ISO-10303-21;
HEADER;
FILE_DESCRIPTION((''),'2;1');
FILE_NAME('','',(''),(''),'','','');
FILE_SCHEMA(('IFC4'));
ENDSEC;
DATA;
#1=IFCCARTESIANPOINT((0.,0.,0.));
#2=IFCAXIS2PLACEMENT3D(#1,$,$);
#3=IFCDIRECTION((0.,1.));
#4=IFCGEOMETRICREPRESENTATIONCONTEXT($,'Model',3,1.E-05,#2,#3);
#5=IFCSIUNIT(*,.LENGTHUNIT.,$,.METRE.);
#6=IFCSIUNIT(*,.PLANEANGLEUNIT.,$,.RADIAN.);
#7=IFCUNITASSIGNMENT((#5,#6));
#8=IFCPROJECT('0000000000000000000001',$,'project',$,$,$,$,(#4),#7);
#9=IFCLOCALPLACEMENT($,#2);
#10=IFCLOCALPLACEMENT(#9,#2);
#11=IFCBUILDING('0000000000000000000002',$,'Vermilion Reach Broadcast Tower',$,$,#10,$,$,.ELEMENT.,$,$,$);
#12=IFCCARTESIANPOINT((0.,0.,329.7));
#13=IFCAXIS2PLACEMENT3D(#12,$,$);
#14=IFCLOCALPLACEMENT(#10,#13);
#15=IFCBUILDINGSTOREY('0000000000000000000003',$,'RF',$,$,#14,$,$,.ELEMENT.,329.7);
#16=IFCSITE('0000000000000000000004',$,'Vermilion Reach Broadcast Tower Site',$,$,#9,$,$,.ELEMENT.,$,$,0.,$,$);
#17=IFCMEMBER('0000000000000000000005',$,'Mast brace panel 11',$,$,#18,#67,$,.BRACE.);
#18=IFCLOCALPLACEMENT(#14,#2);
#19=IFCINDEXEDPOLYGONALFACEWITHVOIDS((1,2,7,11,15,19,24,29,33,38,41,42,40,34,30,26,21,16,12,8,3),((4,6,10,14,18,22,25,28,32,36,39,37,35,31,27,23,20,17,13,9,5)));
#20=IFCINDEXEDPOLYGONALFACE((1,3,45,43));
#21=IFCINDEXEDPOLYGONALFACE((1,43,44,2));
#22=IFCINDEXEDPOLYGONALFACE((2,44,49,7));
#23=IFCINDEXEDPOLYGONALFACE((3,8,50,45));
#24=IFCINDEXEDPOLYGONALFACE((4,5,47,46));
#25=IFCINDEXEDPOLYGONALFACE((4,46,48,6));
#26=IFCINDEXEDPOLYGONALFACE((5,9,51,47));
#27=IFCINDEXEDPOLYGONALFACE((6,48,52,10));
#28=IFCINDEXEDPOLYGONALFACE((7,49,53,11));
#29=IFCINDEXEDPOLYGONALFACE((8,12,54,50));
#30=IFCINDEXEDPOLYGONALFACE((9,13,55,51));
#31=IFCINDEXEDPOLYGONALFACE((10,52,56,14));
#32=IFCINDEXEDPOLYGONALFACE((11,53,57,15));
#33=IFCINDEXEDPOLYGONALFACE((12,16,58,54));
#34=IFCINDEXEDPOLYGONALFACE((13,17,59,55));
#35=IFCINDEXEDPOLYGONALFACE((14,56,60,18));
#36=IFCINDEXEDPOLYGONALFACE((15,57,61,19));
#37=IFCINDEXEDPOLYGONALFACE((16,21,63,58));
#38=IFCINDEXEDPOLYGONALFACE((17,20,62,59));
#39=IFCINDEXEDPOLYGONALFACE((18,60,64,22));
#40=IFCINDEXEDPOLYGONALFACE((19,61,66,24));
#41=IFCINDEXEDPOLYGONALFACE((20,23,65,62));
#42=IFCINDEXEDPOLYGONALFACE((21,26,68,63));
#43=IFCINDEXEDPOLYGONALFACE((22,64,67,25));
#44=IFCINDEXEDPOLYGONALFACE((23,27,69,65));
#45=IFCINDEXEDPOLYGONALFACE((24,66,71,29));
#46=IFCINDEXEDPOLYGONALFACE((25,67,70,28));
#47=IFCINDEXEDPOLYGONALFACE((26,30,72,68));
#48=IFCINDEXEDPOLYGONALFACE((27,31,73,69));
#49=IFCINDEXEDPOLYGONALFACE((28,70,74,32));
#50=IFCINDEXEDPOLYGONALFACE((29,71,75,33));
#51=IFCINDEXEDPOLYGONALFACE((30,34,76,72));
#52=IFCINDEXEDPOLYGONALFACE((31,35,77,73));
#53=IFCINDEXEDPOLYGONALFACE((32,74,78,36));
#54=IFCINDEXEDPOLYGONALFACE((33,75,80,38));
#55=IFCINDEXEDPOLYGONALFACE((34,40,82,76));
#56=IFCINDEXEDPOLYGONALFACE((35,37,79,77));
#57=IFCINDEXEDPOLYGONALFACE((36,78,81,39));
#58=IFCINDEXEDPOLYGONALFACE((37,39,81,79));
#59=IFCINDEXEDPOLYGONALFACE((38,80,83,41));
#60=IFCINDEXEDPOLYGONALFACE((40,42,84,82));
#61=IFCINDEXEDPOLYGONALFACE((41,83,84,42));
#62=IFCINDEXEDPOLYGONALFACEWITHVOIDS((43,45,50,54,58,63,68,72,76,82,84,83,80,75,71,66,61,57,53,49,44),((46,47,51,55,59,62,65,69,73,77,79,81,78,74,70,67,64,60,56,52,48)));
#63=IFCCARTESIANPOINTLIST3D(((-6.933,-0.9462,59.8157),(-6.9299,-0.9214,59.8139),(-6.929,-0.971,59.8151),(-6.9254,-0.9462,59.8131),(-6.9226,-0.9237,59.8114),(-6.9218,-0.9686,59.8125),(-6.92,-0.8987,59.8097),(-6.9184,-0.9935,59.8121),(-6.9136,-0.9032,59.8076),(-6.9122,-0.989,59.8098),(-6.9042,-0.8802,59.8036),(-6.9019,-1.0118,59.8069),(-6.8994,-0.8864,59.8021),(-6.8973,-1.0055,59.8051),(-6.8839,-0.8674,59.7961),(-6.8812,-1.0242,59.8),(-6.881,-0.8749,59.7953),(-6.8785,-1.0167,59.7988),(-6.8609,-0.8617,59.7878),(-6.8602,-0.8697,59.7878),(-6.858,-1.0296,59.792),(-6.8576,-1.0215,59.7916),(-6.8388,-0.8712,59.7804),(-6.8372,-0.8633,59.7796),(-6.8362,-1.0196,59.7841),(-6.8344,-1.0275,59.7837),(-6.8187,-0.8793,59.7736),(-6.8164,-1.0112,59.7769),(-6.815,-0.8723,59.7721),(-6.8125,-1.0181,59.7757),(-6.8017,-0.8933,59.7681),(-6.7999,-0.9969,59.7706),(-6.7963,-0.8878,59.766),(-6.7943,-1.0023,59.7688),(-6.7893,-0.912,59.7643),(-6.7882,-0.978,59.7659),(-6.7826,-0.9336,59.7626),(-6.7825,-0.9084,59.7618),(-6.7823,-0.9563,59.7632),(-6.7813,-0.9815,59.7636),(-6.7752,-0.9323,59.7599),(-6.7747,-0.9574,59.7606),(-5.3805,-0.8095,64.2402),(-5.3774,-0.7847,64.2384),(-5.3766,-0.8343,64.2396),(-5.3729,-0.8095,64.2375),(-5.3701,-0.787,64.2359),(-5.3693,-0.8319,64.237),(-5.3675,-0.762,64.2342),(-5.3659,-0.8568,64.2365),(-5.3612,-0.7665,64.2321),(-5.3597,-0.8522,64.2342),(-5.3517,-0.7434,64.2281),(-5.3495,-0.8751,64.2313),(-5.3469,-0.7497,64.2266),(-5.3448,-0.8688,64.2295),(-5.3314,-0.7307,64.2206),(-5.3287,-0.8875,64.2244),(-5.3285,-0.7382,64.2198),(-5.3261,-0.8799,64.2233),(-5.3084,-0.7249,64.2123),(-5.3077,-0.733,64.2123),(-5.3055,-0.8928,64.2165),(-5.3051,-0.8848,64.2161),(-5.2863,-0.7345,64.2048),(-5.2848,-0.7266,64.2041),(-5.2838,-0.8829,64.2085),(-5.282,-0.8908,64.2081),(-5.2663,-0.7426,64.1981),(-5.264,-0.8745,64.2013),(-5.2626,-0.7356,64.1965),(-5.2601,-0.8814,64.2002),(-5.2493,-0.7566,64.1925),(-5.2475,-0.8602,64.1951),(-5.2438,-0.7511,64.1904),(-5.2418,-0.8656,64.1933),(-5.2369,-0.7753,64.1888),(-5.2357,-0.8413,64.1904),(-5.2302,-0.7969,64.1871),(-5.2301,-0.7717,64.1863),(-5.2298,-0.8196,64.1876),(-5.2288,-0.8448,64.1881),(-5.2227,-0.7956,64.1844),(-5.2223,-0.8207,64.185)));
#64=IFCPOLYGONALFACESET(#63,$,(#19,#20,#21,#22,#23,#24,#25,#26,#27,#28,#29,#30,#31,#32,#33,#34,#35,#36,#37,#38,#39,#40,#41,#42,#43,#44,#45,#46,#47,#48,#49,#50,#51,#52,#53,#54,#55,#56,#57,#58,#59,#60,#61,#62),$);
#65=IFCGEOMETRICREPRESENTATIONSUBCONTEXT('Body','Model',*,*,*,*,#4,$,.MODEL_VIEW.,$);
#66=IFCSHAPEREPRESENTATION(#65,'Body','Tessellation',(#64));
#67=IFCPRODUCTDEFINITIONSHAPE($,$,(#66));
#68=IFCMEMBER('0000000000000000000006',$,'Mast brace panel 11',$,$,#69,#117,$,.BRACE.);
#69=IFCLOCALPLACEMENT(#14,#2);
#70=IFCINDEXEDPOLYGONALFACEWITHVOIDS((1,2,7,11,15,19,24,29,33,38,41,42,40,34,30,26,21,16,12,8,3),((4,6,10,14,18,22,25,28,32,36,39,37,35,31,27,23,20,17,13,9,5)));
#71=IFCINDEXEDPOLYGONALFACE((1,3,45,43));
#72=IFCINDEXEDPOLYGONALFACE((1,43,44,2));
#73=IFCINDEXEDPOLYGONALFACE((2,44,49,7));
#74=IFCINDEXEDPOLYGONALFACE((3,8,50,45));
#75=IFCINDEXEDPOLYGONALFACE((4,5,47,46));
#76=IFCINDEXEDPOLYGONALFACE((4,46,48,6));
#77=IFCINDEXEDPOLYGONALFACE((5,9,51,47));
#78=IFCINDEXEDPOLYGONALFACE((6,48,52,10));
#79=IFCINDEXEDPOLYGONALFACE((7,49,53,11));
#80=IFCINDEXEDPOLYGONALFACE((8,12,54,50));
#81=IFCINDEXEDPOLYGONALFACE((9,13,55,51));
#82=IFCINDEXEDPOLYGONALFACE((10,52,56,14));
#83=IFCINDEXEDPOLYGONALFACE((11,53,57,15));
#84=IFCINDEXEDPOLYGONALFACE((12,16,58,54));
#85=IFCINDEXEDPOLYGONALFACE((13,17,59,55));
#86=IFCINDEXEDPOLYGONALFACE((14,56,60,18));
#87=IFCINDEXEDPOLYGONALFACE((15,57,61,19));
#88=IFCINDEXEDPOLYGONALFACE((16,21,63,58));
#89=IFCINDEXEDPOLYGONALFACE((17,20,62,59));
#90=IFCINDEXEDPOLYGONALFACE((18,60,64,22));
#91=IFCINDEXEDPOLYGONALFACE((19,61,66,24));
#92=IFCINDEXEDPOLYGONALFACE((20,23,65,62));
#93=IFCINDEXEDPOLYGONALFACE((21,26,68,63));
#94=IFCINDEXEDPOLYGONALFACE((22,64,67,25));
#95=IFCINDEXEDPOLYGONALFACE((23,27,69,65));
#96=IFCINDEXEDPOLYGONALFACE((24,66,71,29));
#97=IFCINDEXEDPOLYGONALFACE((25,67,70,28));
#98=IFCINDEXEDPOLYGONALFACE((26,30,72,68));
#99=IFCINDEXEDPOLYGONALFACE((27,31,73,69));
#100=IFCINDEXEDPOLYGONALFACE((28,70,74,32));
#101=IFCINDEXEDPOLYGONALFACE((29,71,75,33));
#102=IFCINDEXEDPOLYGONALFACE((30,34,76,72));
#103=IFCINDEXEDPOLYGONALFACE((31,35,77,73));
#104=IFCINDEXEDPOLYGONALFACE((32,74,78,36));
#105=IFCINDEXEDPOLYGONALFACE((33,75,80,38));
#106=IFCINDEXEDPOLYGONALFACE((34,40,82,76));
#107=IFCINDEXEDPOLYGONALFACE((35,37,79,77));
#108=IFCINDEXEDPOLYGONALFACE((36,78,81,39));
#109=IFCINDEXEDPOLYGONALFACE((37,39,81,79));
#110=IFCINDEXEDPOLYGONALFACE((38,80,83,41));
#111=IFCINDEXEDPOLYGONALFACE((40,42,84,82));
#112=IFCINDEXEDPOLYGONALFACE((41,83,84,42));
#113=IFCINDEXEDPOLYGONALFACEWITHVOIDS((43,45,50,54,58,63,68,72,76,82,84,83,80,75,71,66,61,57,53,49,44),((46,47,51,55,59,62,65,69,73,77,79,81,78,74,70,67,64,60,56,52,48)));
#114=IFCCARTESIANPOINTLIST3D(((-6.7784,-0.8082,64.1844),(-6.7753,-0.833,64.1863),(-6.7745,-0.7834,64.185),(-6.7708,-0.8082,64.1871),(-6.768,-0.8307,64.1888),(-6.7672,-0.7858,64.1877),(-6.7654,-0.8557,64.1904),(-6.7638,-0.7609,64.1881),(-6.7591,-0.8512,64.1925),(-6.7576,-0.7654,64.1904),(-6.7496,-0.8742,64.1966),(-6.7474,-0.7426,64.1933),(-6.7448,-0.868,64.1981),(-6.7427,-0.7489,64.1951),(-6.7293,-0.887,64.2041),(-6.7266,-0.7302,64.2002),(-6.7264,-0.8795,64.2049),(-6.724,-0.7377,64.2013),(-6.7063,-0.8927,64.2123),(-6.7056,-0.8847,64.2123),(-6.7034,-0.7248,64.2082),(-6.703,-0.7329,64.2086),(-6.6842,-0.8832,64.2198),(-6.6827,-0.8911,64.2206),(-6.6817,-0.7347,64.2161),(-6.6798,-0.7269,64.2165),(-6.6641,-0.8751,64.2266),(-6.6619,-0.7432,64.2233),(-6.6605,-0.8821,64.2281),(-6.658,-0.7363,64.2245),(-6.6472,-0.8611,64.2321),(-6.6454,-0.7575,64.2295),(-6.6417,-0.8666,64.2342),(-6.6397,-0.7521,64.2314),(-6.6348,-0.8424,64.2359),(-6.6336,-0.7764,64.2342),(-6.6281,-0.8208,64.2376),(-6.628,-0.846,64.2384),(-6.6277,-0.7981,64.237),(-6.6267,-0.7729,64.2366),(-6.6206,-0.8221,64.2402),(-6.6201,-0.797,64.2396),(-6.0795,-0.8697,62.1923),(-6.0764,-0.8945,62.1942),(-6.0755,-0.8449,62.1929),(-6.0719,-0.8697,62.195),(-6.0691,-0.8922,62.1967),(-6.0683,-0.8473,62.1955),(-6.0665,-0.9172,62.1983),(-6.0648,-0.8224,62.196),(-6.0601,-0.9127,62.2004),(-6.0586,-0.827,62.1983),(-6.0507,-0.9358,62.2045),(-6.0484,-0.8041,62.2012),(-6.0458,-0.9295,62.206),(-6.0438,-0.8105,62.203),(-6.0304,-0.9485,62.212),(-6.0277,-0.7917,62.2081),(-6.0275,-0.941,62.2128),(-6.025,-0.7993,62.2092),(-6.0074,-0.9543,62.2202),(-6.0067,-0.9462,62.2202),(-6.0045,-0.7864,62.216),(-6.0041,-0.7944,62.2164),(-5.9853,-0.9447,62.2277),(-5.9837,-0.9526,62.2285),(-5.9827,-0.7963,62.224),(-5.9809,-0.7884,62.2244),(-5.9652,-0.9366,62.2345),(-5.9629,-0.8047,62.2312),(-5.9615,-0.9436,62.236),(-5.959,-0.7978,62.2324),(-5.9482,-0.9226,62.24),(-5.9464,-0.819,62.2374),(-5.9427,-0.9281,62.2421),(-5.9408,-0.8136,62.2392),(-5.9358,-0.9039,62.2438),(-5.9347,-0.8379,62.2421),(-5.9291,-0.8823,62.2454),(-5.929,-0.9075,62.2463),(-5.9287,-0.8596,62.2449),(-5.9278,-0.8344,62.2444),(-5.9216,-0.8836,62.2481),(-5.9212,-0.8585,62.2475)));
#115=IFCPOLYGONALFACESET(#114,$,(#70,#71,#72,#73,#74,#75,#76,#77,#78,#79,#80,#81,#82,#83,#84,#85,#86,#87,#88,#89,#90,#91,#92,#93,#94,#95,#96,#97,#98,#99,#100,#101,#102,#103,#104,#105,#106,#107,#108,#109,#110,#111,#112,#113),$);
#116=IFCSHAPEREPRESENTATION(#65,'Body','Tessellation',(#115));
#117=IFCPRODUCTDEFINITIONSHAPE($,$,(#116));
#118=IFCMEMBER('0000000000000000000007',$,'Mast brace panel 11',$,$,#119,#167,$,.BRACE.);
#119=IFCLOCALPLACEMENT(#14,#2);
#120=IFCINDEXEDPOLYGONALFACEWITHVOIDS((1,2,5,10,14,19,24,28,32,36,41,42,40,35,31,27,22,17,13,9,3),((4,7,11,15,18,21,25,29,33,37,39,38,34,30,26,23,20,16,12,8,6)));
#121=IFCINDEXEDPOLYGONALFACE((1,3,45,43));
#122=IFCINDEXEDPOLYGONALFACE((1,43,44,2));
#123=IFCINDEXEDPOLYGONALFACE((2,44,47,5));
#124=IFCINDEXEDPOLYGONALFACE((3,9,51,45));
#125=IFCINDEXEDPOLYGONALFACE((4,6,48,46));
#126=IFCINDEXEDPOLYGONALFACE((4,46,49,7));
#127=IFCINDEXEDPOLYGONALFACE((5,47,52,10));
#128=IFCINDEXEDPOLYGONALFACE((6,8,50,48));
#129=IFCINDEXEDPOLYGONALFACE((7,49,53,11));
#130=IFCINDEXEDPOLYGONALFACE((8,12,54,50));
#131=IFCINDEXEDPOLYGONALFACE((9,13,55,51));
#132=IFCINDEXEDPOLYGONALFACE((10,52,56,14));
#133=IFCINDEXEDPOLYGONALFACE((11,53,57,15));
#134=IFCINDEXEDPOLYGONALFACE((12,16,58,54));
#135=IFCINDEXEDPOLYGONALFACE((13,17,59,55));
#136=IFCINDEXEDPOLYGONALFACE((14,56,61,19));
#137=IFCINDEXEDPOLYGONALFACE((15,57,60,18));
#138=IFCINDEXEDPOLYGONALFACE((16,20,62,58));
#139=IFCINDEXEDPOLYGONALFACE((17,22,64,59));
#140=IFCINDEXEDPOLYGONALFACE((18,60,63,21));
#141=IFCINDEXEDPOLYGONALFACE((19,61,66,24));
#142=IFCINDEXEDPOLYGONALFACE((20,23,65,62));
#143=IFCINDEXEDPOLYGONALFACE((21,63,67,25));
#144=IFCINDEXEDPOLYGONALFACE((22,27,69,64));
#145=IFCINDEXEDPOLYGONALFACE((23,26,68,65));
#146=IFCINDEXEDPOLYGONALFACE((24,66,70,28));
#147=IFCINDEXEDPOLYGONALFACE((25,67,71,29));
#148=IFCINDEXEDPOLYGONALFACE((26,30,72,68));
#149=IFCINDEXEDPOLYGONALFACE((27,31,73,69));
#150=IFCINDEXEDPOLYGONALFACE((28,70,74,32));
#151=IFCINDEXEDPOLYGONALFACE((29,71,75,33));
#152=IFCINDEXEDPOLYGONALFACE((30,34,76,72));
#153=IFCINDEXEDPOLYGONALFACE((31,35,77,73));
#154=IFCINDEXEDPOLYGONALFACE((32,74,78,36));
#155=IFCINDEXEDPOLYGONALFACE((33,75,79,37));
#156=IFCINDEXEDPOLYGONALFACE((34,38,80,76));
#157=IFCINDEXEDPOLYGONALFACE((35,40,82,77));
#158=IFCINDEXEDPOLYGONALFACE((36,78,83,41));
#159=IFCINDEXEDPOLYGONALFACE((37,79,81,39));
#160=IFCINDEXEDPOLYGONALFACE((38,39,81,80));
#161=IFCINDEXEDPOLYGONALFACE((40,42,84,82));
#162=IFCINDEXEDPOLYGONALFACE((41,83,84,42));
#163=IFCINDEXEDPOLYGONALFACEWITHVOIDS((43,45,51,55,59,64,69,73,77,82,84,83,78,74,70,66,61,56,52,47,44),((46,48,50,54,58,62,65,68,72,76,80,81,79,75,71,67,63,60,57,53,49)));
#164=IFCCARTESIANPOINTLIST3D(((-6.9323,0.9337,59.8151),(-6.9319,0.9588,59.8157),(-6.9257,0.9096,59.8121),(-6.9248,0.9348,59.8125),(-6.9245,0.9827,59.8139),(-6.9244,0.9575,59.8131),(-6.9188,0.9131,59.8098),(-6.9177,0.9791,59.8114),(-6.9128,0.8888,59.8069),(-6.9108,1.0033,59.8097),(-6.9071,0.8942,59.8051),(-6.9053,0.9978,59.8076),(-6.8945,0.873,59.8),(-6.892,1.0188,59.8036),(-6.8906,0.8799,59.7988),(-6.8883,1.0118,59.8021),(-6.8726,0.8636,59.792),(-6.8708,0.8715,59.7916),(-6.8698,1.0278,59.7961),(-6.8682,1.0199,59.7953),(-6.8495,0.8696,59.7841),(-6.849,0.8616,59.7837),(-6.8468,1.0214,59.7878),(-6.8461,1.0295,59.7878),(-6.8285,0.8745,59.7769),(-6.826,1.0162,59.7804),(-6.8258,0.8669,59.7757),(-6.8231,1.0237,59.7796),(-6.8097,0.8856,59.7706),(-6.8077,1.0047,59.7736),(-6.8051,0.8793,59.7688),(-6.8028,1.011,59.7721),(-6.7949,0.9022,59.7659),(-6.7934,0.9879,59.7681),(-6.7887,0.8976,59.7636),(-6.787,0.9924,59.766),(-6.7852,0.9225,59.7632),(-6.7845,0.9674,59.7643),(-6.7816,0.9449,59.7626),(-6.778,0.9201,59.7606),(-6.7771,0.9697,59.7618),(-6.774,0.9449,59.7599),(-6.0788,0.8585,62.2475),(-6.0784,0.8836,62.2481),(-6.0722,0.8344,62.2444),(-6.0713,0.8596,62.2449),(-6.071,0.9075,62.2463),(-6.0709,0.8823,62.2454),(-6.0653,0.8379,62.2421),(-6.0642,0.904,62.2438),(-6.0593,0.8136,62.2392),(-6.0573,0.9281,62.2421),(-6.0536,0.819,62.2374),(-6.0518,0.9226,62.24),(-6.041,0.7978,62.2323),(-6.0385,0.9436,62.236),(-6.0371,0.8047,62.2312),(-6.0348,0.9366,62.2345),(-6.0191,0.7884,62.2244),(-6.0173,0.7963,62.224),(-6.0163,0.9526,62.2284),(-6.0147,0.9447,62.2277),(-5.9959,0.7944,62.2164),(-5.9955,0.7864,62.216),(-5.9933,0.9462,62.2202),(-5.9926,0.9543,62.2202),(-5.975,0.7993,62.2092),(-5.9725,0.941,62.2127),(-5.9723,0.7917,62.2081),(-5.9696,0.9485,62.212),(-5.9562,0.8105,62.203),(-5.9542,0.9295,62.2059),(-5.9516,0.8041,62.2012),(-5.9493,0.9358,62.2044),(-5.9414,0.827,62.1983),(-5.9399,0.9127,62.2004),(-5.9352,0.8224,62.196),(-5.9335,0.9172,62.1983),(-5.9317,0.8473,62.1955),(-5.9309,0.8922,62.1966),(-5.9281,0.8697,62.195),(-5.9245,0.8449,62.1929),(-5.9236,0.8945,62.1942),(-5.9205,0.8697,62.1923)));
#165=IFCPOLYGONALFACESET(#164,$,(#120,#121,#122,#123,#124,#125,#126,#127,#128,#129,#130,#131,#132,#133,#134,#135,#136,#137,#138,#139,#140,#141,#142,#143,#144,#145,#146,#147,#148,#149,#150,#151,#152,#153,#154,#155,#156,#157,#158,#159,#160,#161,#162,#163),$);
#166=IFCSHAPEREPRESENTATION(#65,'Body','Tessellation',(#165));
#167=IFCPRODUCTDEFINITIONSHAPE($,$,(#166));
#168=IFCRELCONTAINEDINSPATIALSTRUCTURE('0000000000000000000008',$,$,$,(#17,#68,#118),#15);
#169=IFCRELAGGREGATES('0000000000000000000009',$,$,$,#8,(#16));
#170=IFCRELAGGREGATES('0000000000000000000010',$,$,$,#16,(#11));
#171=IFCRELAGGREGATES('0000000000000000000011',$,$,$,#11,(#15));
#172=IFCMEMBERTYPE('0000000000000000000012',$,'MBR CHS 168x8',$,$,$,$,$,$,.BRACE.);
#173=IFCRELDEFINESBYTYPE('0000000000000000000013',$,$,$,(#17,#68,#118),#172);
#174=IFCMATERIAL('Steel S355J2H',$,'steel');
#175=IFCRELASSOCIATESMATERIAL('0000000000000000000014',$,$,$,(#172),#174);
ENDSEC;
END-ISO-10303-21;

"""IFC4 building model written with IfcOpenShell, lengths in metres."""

from ifc_helpers import new_model, si_unit, direction, frame, origin, origin_2d, place, context, subcontext, project, spatial, hollow_circle, extrude, material, material_profile, profile_set, type_object, element, save


model = new_model("IFC4")

# Units and contexts
model_context = context("Model", 3, precision=1e-05, world=origin(), true_north=direction((0.0, 1.0)))
body_context = subcontext(model_context, "Body", "Model", "MODEL_VIEW")
ifc_project = project(units=[si_unit("LENGTHUNIT", "METRE"), si_unit("PLANEANGLEUNIT", "RADIAN")], contexts=[model_context])

# Site, building, storey
site_placement = place(None, origin())
site = spatial("IfcSite", under=ifc_project, at=site_placement, Name="Vermilion Reach Broadcast Tower Site", CompositionType="ELEMENT", RefElevation=0.0)
building_placement = place(site_placement, origin())
building = spatial("IfcBuilding", under=site, at=building_placement, Name="Vermilion Reach Broadcast Tower", CompositionType="ELEMENT")
storey_placement = place(building_placement, frame((0.0, 0.0, 329.7)))
storey = spatial("IfcBuildingStorey", under=building, at=storey_placement, Name="RF", CompositionType="ELEMENT", Elevation=329.7)

# Members
ifc_material_1 = material(Name="Steel S355J2H", Category="steel")
ifc_material_profile_1 = material_profile(ifc_material_1, hollow_circle(Radius=0.0842, WallThickness=0.0081, at=origin_2d()), Name="S355J2H CHS 168x8")
ifc_profile_set_1 = profile_set([ifc_material_profile_1], Name="Steel S355J2H")
member_type_1 = type_object("IfcMemberType", Name="MBR CHS 168x8", PredefinedType="BRACE", material=ifc_profile_set_1)
member_1_placement = place(storey_placement, frame((-6.8535, -0.9456, 59.7878), z_axis=(0.33095, 0.029145, 0.943198), x_axis=(-0.087725, 0.996145, 0.0)))
element("IfcMember", 1, at=member_1_placement, inside=storey, type_object=member_type_1, Name="Mast brace panel 11", PredefinedType="BRACE", context=body_context, shape_type="SweptSolid", body=[
    extrude(hollow_circle(Radius=0.0842, WallThickness=0.0081, at=origin_2d()), origin(), (0.0, 0.0, 1.0), 4.6909),
])
member_2_placement = place(storey_placement, frame((-6.0, -0.8704, 62.2202), z_axis=(-0.330931, 0.029128, 0.943205), x_axis=(-0.087681, -0.996149, 0.0)))
element("IfcMember", 2, at=member_2_placement, inside=storey, type_object=member_type_1, Name="Mast brace panel 11", PredefinedType="BRACE", context=body_context, shape_type="SweptSolid", body=[
    extrude(hollow_circle(Radius=0.0842, WallThickness=0.0081, at=origin_2d()), origin(), (0.0, 0.0, 1.0), 2.1121),
])
member_3_placement = place(storey_placement, frame((-6.8535, 0.9456, 59.7878), z_axis=(0.330965, -0.029158, 0.943193), x_axis=(0.087761, 0.996142, 0.0)))
element("IfcMember", 3, at=member_3_placement, inside=storey, type_object=member_type_1, Name="Mast brace panel 11", PredefinedType="BRACE", context=body_context, shape_type="SweptSolid", body=[
    extrude(hollow_circle(Radius=0.0842, WallThickness=0.0081, at=origin_2d()), origin(), (0.0, 0.0, 1.0), 2.5789),
])

save(model, "model.ifc")
